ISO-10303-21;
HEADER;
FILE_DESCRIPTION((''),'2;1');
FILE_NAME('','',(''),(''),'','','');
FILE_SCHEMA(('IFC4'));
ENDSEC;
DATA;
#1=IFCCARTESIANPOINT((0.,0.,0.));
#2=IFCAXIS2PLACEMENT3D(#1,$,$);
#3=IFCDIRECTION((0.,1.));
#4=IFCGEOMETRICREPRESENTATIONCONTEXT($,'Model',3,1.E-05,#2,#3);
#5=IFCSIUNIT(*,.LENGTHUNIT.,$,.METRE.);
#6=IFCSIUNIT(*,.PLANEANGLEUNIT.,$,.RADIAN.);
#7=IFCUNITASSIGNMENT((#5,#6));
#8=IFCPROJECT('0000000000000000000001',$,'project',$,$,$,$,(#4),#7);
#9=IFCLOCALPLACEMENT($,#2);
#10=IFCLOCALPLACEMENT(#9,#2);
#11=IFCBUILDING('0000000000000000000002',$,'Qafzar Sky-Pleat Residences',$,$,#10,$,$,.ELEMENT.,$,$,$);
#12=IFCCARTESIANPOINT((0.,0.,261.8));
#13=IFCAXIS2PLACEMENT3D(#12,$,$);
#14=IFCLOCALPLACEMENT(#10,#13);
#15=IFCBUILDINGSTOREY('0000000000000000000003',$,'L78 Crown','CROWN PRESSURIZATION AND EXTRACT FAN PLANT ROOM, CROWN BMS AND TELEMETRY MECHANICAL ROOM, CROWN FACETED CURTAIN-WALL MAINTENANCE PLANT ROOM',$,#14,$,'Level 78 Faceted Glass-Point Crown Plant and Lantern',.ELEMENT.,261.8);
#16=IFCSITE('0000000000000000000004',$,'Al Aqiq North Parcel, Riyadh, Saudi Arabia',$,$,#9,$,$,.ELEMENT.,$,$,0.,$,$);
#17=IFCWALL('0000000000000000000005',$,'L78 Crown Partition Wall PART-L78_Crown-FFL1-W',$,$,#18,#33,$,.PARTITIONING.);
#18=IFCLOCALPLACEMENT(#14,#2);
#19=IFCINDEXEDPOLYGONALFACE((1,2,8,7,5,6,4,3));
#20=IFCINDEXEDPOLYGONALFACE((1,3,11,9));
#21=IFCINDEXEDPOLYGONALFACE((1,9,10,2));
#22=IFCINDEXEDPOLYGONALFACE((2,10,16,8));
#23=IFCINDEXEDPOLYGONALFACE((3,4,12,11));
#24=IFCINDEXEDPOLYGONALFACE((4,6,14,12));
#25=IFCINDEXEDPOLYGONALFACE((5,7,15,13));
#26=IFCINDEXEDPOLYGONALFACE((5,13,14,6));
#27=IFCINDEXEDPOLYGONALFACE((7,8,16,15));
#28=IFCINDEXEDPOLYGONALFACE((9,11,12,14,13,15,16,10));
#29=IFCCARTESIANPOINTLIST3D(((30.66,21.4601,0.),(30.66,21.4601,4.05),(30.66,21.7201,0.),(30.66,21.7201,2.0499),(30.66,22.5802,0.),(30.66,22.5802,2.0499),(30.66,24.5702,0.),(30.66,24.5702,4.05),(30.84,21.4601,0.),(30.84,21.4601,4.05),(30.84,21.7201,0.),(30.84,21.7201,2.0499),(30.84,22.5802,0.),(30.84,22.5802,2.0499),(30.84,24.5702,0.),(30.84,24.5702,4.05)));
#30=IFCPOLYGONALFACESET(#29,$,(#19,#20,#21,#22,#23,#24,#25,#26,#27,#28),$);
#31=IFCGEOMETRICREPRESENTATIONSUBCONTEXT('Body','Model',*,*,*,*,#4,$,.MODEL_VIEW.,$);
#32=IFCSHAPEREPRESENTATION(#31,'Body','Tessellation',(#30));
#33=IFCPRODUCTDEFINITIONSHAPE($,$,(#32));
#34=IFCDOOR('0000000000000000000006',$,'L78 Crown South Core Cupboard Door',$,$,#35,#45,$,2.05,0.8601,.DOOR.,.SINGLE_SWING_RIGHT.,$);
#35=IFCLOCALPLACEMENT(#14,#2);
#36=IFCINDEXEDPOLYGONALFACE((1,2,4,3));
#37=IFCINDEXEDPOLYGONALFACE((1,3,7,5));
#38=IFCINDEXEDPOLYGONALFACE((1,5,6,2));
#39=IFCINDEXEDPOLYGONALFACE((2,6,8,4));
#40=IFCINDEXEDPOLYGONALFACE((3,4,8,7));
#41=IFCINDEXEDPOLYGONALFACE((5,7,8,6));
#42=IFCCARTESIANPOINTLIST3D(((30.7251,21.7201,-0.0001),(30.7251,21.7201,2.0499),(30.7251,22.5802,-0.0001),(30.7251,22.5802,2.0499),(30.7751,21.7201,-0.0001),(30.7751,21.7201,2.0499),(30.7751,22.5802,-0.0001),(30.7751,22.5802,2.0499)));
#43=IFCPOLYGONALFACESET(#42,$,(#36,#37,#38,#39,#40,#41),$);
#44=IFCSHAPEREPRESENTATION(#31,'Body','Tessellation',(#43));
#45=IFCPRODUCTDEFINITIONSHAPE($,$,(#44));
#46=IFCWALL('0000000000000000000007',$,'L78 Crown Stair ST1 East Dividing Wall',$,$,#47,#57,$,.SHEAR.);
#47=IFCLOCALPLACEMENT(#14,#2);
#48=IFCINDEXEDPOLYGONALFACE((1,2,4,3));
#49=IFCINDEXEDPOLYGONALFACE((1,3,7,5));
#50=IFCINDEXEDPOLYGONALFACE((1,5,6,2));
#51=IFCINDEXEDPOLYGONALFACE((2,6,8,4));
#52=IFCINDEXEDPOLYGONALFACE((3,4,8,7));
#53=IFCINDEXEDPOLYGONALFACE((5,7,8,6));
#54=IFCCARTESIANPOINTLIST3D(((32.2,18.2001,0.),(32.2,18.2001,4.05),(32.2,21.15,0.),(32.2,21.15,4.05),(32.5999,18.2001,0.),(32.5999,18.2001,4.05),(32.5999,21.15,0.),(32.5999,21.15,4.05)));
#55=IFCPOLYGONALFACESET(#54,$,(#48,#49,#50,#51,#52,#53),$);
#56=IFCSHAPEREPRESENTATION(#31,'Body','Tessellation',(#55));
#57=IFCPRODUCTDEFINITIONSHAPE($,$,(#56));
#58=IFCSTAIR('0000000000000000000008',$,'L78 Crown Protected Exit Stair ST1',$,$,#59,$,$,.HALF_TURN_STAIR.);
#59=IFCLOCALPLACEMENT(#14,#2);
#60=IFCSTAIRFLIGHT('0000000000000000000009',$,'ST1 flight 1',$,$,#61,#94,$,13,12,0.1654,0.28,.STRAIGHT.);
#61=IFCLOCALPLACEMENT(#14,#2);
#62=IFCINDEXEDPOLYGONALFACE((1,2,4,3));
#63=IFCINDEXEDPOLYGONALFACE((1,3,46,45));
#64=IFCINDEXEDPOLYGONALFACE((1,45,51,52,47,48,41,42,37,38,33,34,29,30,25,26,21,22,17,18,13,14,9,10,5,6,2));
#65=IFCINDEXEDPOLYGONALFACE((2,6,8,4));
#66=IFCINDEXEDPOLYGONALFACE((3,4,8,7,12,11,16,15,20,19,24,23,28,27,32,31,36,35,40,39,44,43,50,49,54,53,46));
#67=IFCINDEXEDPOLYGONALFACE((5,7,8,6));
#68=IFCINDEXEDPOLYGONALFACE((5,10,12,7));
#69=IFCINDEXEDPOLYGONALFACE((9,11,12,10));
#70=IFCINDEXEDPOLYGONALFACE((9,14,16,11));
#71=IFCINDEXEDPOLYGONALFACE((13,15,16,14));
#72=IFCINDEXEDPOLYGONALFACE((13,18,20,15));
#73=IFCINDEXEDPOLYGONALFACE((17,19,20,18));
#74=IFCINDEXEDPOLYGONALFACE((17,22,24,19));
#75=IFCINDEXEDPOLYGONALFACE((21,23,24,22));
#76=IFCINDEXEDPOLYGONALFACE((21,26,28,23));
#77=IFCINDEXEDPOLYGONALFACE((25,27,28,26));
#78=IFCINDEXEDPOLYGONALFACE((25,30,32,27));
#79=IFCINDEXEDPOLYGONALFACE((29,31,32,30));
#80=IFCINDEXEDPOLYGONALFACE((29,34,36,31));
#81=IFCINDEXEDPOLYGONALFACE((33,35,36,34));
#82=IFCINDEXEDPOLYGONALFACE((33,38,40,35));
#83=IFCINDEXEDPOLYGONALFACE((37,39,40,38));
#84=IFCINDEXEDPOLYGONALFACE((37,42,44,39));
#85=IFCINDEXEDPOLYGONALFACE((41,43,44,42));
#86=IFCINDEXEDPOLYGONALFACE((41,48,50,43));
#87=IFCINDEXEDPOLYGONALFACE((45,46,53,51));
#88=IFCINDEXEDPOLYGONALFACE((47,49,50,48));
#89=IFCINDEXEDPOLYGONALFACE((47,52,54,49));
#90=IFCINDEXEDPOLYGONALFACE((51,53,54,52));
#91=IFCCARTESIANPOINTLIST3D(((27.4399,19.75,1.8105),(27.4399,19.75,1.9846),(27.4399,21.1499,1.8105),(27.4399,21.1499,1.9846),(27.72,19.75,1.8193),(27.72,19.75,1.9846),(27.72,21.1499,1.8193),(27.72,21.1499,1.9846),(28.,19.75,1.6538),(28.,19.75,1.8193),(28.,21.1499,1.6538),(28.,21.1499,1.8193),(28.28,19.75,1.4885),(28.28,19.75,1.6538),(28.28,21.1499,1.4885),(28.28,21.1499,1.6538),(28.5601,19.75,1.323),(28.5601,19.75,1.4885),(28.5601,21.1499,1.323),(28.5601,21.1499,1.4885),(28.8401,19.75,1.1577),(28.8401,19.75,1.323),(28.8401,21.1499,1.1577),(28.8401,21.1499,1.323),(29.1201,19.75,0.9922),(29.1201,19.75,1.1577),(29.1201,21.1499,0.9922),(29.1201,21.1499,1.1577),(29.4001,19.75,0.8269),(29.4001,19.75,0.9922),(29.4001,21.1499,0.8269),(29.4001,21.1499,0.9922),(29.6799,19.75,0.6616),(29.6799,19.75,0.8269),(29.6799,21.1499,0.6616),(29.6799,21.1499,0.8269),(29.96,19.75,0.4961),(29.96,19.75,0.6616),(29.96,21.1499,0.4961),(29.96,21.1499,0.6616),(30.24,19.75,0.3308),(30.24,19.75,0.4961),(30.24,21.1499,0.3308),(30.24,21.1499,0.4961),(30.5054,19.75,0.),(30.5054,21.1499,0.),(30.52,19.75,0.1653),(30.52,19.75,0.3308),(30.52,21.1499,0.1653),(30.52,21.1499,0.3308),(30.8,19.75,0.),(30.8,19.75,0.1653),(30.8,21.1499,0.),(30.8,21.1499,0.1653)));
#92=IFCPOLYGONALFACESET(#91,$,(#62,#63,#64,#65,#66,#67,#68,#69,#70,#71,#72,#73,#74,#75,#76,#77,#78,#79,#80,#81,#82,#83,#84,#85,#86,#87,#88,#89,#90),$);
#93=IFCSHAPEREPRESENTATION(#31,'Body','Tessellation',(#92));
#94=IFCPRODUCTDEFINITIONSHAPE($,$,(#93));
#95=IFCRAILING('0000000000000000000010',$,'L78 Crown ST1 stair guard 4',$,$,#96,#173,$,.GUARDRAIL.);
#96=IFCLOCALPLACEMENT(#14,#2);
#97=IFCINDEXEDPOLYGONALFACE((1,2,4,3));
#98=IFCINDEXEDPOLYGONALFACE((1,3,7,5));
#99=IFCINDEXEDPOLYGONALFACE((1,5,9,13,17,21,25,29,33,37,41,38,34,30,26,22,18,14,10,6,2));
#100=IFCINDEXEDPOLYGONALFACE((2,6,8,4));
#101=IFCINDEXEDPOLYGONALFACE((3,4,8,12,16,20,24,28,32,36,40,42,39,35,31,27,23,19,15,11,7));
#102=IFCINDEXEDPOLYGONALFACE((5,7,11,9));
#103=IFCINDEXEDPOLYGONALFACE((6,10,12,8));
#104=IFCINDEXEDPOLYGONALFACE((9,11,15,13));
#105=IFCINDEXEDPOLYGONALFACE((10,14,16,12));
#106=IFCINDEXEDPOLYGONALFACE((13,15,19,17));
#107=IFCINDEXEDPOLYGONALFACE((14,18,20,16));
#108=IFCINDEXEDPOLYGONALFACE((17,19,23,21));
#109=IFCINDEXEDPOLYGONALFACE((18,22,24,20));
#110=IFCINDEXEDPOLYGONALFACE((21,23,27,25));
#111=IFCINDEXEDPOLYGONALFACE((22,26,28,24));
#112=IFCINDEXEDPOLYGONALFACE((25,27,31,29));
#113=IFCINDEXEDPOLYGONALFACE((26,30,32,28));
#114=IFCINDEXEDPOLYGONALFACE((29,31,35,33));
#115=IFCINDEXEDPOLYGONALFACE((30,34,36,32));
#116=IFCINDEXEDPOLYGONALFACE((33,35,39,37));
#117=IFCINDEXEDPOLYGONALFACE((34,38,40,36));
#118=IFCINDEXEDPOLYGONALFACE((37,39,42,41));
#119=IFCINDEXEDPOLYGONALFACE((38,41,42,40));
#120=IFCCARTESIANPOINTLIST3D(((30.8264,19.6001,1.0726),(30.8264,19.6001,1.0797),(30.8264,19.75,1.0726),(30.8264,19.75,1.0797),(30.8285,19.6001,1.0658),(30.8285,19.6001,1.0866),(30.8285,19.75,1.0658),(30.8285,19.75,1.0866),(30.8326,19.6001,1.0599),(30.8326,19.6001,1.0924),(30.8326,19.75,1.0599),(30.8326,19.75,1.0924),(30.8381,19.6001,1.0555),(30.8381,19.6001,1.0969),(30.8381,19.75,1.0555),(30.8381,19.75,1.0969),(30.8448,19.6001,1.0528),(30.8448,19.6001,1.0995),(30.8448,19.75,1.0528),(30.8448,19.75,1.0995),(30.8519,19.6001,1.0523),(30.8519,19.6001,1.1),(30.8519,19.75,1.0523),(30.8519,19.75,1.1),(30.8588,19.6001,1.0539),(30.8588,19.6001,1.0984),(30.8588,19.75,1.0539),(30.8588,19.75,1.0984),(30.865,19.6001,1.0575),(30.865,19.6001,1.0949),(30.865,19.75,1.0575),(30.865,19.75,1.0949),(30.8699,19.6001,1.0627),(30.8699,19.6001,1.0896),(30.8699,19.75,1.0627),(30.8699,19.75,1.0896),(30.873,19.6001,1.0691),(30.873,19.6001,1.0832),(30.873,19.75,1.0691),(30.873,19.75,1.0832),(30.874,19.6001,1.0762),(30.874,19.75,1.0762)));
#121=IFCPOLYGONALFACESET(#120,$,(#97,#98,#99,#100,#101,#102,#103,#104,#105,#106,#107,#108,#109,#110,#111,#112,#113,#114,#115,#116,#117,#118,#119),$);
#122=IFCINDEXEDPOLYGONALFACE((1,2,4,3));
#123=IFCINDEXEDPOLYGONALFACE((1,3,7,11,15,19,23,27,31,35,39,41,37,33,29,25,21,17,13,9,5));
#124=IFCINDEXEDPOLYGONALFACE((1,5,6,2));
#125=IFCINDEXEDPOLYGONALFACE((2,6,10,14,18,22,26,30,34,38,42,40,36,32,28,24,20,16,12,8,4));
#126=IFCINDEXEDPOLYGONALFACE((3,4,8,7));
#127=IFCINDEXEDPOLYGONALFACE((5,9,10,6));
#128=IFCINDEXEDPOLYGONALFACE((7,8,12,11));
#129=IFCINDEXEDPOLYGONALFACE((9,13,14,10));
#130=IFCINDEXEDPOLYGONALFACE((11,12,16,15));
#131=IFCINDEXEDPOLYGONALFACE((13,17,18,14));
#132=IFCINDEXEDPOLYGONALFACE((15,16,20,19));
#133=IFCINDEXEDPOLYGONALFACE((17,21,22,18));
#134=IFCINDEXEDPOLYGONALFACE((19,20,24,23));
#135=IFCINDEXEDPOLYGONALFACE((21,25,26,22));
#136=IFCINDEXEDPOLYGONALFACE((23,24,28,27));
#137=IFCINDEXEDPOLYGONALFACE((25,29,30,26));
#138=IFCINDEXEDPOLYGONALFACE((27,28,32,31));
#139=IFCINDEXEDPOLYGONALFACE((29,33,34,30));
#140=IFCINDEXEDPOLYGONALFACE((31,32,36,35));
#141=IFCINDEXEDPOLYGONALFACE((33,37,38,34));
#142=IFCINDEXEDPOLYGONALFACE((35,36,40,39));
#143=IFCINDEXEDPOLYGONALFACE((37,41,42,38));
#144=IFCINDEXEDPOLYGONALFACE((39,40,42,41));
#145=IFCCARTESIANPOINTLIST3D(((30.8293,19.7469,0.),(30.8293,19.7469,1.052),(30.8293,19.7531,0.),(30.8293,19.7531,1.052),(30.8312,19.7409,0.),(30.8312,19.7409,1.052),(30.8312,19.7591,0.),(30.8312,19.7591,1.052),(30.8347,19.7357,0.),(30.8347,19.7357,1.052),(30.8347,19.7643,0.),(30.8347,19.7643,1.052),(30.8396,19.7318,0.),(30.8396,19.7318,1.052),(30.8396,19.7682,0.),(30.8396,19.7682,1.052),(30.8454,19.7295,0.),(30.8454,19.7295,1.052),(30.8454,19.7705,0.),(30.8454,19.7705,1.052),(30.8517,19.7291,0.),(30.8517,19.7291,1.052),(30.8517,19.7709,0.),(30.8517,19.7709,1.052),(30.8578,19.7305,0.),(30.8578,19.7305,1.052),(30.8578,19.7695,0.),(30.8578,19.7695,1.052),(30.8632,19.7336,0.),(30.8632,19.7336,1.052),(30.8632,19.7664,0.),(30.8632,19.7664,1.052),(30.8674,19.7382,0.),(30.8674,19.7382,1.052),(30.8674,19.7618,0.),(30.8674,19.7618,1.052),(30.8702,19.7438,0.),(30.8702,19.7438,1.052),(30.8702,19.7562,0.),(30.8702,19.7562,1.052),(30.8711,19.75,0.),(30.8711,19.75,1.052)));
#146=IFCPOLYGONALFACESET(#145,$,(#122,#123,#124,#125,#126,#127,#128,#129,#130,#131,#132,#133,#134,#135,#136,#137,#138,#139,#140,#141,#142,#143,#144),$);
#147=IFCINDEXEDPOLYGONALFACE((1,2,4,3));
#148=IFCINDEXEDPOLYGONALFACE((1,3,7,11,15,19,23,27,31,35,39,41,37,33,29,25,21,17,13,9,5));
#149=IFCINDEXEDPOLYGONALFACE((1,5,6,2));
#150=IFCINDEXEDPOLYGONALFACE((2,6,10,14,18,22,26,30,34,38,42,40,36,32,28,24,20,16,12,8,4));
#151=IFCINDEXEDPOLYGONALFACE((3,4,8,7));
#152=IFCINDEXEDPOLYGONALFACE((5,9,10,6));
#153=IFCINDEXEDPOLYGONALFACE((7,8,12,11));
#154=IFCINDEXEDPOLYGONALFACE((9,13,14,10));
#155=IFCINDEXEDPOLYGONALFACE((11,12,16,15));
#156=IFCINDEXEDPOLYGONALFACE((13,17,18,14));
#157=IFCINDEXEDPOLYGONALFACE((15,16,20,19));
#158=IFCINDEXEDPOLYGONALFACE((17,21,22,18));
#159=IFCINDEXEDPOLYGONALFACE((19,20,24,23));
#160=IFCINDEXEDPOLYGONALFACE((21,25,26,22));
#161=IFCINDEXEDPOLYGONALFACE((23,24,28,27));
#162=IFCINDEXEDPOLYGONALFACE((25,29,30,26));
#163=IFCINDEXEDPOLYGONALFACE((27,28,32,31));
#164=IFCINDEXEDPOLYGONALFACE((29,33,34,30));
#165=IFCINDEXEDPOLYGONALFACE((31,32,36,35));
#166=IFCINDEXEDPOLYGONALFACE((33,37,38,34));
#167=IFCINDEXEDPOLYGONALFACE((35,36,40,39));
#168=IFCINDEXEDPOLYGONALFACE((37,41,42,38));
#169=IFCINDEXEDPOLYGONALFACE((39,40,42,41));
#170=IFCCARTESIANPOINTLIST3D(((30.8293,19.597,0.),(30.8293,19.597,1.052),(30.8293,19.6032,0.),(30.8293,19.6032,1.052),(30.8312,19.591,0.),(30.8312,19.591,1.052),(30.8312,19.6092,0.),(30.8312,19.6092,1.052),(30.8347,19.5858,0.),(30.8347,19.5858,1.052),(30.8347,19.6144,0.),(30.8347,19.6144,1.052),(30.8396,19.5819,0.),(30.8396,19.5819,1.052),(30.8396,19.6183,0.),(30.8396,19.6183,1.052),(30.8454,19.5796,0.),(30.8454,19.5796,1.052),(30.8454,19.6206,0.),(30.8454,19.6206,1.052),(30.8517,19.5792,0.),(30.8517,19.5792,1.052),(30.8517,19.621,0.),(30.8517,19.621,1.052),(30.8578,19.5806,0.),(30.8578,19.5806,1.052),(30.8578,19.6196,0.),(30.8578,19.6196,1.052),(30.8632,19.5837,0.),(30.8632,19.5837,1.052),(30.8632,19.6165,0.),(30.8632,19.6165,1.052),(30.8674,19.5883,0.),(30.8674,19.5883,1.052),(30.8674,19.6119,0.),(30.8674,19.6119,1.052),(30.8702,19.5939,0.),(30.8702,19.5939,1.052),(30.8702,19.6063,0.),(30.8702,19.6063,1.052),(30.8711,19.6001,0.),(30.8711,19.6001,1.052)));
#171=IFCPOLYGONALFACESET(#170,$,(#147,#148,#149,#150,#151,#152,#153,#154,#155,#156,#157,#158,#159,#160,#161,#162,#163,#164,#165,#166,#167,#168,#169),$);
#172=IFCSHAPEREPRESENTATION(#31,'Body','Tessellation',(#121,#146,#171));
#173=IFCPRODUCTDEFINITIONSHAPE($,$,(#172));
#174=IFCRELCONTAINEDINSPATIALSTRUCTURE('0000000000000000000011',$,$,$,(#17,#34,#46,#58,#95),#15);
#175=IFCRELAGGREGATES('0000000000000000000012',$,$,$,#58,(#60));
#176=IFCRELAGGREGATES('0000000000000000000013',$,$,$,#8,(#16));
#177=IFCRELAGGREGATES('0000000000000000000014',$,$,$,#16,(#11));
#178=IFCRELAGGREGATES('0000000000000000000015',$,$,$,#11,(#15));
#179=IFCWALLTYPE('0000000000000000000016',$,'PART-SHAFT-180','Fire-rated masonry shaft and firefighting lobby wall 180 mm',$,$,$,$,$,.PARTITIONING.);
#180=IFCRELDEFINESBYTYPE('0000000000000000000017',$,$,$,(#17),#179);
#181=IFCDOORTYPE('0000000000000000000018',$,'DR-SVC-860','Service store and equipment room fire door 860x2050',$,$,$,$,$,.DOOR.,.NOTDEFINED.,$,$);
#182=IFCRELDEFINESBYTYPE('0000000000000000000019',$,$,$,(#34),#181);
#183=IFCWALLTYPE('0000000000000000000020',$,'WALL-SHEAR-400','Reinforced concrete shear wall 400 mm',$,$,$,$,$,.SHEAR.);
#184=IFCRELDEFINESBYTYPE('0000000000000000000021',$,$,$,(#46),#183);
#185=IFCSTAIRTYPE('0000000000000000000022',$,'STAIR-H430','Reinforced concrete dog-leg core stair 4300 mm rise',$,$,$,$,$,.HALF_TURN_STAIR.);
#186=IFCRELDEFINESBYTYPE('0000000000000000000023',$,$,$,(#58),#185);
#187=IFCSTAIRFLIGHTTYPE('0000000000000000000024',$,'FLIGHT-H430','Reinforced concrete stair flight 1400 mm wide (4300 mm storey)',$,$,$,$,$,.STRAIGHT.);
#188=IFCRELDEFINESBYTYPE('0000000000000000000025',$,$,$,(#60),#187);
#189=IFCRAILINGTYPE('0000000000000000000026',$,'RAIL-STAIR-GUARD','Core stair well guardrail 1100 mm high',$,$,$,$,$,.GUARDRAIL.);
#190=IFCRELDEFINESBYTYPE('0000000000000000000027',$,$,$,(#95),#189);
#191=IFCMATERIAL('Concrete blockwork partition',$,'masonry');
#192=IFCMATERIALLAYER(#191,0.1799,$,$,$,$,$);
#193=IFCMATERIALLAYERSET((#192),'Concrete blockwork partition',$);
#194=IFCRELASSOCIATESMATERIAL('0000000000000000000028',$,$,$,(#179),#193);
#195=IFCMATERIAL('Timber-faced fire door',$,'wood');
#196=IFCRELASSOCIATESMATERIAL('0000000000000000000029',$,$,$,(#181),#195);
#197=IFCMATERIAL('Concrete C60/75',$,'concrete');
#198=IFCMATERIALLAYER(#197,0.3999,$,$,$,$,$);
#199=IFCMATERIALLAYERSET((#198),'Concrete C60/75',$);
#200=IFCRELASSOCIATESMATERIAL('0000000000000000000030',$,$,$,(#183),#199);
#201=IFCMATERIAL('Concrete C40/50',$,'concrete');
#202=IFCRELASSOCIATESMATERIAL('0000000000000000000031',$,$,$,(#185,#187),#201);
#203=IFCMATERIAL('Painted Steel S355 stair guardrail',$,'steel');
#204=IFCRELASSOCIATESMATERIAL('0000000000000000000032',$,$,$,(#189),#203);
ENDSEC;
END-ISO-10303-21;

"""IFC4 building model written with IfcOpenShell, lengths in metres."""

from ifc_helpers import new_model, si_unit, direction, frame, frame_2d, origin, origin_2d, place, context, subcontext, project, spatial, polyline, rectangle, circle, outline, extrude, source, transform, mapped, material, layer, layer_set, type_object, element, fill, aggregate, save


model = new_model("IFC4")

# Units and contexts
model_context = context("Model", 3, precision=1e-05, world=origin(), true_north=direction((0.0, 1.0)))
body_context = subcontext(model_context, "Body", "Model", "MODEL_VIEW")
ifc_project = project(units=[si_unit("LENGTHUNIT", "METRE"), si_unit("PLANEANGLEUNIT", "RADIAN")], contexts=[model_context])

# Site, building, storey
site_placement = place(None, origin())
site = spatial("IfcSite", under=ifc_project, at=site_placement, Name="Al Aqiq North Parcel, Riyadh, Saudi Arabia", CompositionType="ELEMENT", RefElevation=0.0)
building_placement = place(site_placement, origin())
building = spatial("IfcBuilding", under=site, at=building_placement, Name="Qafzar Sky-Pleat Residences", CompositionType="ELEMENT")
storey_placement = place(building_placement, frame((0.0, 0.0, 261.8)))
storey = spatial("IfcBuildingStorey", under=building, at=storey_placement, Name="L78 Crown", Description="CROWN PRESSURIZATION AND EXTRACT FAN PLANT ROOM, CROWN BMS AND TELEMETRY MECHANICAL ROOM, CROWN FACETED CURTAIN-WALL MAINTENANCE PLANT ROOM", LongName="Level 78 Faceted Glass-Point Crown Plant and Lantern", CompositionType="ELEMENT", Elevation=261.8)

# Wall, opening, door
ifc_material_1 = material(Name="Concrete blockwork partition", Category="masonry")
ifc_layer_1 = layer(ifc_material_1, 0.1799)
ifc_layer_set_1 = layer_set([ifc_layer_1], Name="Concrete blockwork partition")
wall_type_1 = type_object("IfcWallType", Name="PART-SHAFT-180", Description="Fire-rated masonry shaft and firefighting lobby wall 180 mm", PredefinedType="PARTITIONING", material=ifc_layer_set_1)
wall_1_placement = place(storey_placement, frame((30.75, 21.46, 0.0), z_axis=(0.0, 0.0, 1.0), x_axis=(0.0, 1.0, 0.0)))
wall_1 = element("IfcWall", 1, at=wall_1_placement, inside=storey, type_object=wall_type_1, Name="L78 Crown Partition Wall PART-L78_Crown-FFL1-W", PredefinedType="PARTITIONING", context=body_context, shape_type="SweptSolid", body=[
    extrude(rectangle(XDim=3.1101, YDim=0.1799, at=frame_2d((1.5552, 0.0))), origin(), (0.0, 0.0, 1.0), 4.05),
])
opening_1_placement = place(wall_1_placement, frame((0.26, 0.0, 0.0)))
opening_1 = element("IfcOpeningElement", 2, at=opening_1_placement, cuts=wall_1, PredefinedType="OPENING", context=body_context, shape_type="SweptSolid", body=[
    extrude(rectangle(XDim=0.8601, YDim=2.05, at=frame_2d((0.4302, 1.0249))), frame((0.0, 0.1001, 0.0), z_axis=(0.0, -1.0, 0.0), x_axis=(1.0, 0.0, 0.0)), (0.0, 0.0, 1.0), 0.2),
])
ifc_material_2 = material(Name="Timber-faced fire door", Category="wood")
door_type_1 = type_object("IfcDoorType", Name="DR-SVC-860", Description="Service store and equipment room fire door 860x2050", OperationType="NOTDEFINED", PredefinedType="DOOR", material=ifc_material_2)
shared_shape_1 = source(origin(), body_context, "Body", "SweptSolid", [
    extrude(rectangle(XDim=0.8601, YDim=2.05, at=frame_2d((0.4302, 1.0249))), frame((0.0, 0.0249, 0.0), z_axis=(0.0, -1.0, 0.0), x_axis=(1.0, 0.0, 0.0)), (0.0, 0.0, 1.0), 0.05),
])
door_1_placement = place(opening_1_placement, origin())
door_1 = element("IfcDoor", 3, at=door_1_placement, inside=storey, type_object=door_type_1, Name="L78 Crown South Core Cupboard Door", OperationType="SINGLE_SWING_RIGHT", OverallHeight=2.05, OverallWidth=0.8601, PredefinedType="DOOR", context=body_context, shape_type="MappedRepresentation", body=[
    mapped(shared_shape_1, transform((0.0, 0.0, 0.0), x_axis=(1.0, 0.0, 0.0), y_axis=(0.0, 1.0, 0.0), z_axis=(0.0, 0.0, 1.0), scale=1.0)),
])
fill(opening_1, door_1)

# Wall
ifc_material_3 = material(Name="Concrete C60/75", Category="concrete")
ifc_layer_2 = layer(ifc_material_3, 0.3999)
ifc_layer_set_2 = layer_set([ifc_layer_2], Name="Concrete C60/75")
wall_type_2 = type_object("IfcWallType", Name="WALL-SHEAR-400", Description="Reinforced concrete shear wall 400 mm", PredefinedType="SHEAR", material=ifc_layer_set_2)
wall_2_placement = place(storey_placement, frame((32.3999, 18.2, 0.0), z_axis=(0.0, 0.0, 1.0), x_axis=(0.0, 1.0, 0.0)))
element("IfcWall", 4, at=wall_2_placement, inside=storey, type_object=wall_type_2, Name="L78 Crown Stair ST1 East Dividing Wall", PredefinedType="SHEAR", context=body_context, shape_type="SweptSolid", body=[
    extrude(rectangle(XDim=2.95, YDim=0.3999, at=frame_2d((1.4751, 0.0))), origin(), (0.0, 0.0, 1.0), 4.05),
])

# Stair, stair flight
ifc_material_4 = material(Name="Concrete C40/50", Category="concrete")
stair_type = type_object("IfcStairType", Name="STAIR-H430", Description="Reinforced concrete dog-leg core stair 4300 mm rise", PredefinedType="HALF_TURN_STAIR", material=ifc_material_4)
stair_placement = place(storey_placement, origin())
stair = element("IfcStair", 5, at=stair_placement, inside=storey, type_object=stair_type, Name="L78 Crown Protected Exit Stair ST1", PredefinedType="HALF_TURN_STAIR")
stair_flight_type = type_object("IfcStairFlightType", Name="FLIGHT-H430", Description="Reinforced concrete stair flight 1400 mm wide (4300 mm storey)", PredefinedType="STRAIGHT", material=ifc_material_4)
shared_shape_2 = source(origin(), body_context, "Body", "SweptSolid", [
    extrude(outline(polyline([(0.0, 0.0), (0.0, 0.1653), (0.28, 0.1653), (0.28, 0.3308), (0.5601, 0.3308), (0.5601, 0.4961), (0.8401, 0.4961), (0.8401, 0.6616), (1.1201, 0.6616), (1.1201, 0.8269), (1.3999, 0.8269), (1.3999, 0.9922), (1.6799, 0.9922), (1.6799, 1.1577), (1.96, 1.1577), (1.96, 1.323), (2.24, 1.323), (2.24, 1.4885), (2.52, 1.4885), (2.52, 1.6538), (2.8, 1.6538), (2.8, 1.8193), (3.0801, 1.8193), (3.0801, 1.9846), (3.3601, 1.9846), (3.3601, 2.1499), (3.3601, 1.8105), (0.2947, 0.0), (0.0, 0.0)])), frame((0.0, 0.7, 0.0), z_axis=(0.0, -1.0, 0.0), x_axis=(1.0, 0.0, 0.0)), (0.0, 0.0, 1.0), 1.3999),
])
stair_flight_placement = place(storey_placement, frame((30.8, 20.45, 0.0), z_axis=(0.0, 0.0, 1.0), x_axis=(-1.0, 0.0, 0.0)))
stair_flight = element("IfcStairFlight", 6, at=stair_flight_placement, type_object=stair_flight_type, Name="ST1 flight 1", NumberOfRisers=13, NumberOfTreads=12, PredefinedType="STRAIGHT", RiserHeight=0.1654, TreadLength=0.28, context=body_context, shape_type="MappedRepresentation", body=[
    mapped(shared_shape_2, transform((0.0, 0.0, 0.0), x_axis=(1.0, 0.0, 0.0), y_axis=(0.0, 1.0, 0.0), z_axis=(0.0, 0.0, 1.0), scale=1.0)),
])
aggregate(stair, [stair_flight])

# Railing
ifc_material_5 = material(Name="Painted Steel S355 stair guardrail", Category="steel")
railing_type_1 = type_object("IfcRailingType", Name="RAIL-STAIR-GUARD", Description="Core stair well guardrail 1100 mm high", PredefinedType="GUARDRAIL", material=ifc_material_5)
shared_shape_3 = source(origin(), body_context, "Body", "SweptSolid", [
    extrude(circle(Radius=0.0239, at=origin_2d()), frame((0.0, 0.0, 1.0762), z_axis=(0.0, -1.0, 0.0), x_axis=(1.0, 0.0, 0.0)), (0.0, 0.0, 1.0), 0.1499),
    extrude(circle(Radius=0.021, at=origin_2d()), origin(), (0.0, 0.0, 1.0), 1.052),
    extrude(circle(Radius=0.021, at=origin_2d()), frame((0.0, -0.1499, 0.0)), (0.0, 0.0, 1.0), 1.052),
])
railing_1_placement = place(storey_placement, frame((30.8501, 19.75, 0.0)))
element("IfcRailing", 7, at=railing_1_placement, inside=storey, type_object=railing_type_1, Name="L78 Crown ST1 stair guard 4", PredefinedType="GUARDRAIL", context=body_context, shape_type="MappedRepresentation", body=[
    mapped(shared_shape_3, transform((0.0, 0.0, 0.0), x_axis=(1.0, 0.0, 0.0), y_axis=(0.0, 1.0, 0.0), z_axis=(0.0, 0.0, 1.0), scale=1.0)),
])

save(model, "model.ifc")
